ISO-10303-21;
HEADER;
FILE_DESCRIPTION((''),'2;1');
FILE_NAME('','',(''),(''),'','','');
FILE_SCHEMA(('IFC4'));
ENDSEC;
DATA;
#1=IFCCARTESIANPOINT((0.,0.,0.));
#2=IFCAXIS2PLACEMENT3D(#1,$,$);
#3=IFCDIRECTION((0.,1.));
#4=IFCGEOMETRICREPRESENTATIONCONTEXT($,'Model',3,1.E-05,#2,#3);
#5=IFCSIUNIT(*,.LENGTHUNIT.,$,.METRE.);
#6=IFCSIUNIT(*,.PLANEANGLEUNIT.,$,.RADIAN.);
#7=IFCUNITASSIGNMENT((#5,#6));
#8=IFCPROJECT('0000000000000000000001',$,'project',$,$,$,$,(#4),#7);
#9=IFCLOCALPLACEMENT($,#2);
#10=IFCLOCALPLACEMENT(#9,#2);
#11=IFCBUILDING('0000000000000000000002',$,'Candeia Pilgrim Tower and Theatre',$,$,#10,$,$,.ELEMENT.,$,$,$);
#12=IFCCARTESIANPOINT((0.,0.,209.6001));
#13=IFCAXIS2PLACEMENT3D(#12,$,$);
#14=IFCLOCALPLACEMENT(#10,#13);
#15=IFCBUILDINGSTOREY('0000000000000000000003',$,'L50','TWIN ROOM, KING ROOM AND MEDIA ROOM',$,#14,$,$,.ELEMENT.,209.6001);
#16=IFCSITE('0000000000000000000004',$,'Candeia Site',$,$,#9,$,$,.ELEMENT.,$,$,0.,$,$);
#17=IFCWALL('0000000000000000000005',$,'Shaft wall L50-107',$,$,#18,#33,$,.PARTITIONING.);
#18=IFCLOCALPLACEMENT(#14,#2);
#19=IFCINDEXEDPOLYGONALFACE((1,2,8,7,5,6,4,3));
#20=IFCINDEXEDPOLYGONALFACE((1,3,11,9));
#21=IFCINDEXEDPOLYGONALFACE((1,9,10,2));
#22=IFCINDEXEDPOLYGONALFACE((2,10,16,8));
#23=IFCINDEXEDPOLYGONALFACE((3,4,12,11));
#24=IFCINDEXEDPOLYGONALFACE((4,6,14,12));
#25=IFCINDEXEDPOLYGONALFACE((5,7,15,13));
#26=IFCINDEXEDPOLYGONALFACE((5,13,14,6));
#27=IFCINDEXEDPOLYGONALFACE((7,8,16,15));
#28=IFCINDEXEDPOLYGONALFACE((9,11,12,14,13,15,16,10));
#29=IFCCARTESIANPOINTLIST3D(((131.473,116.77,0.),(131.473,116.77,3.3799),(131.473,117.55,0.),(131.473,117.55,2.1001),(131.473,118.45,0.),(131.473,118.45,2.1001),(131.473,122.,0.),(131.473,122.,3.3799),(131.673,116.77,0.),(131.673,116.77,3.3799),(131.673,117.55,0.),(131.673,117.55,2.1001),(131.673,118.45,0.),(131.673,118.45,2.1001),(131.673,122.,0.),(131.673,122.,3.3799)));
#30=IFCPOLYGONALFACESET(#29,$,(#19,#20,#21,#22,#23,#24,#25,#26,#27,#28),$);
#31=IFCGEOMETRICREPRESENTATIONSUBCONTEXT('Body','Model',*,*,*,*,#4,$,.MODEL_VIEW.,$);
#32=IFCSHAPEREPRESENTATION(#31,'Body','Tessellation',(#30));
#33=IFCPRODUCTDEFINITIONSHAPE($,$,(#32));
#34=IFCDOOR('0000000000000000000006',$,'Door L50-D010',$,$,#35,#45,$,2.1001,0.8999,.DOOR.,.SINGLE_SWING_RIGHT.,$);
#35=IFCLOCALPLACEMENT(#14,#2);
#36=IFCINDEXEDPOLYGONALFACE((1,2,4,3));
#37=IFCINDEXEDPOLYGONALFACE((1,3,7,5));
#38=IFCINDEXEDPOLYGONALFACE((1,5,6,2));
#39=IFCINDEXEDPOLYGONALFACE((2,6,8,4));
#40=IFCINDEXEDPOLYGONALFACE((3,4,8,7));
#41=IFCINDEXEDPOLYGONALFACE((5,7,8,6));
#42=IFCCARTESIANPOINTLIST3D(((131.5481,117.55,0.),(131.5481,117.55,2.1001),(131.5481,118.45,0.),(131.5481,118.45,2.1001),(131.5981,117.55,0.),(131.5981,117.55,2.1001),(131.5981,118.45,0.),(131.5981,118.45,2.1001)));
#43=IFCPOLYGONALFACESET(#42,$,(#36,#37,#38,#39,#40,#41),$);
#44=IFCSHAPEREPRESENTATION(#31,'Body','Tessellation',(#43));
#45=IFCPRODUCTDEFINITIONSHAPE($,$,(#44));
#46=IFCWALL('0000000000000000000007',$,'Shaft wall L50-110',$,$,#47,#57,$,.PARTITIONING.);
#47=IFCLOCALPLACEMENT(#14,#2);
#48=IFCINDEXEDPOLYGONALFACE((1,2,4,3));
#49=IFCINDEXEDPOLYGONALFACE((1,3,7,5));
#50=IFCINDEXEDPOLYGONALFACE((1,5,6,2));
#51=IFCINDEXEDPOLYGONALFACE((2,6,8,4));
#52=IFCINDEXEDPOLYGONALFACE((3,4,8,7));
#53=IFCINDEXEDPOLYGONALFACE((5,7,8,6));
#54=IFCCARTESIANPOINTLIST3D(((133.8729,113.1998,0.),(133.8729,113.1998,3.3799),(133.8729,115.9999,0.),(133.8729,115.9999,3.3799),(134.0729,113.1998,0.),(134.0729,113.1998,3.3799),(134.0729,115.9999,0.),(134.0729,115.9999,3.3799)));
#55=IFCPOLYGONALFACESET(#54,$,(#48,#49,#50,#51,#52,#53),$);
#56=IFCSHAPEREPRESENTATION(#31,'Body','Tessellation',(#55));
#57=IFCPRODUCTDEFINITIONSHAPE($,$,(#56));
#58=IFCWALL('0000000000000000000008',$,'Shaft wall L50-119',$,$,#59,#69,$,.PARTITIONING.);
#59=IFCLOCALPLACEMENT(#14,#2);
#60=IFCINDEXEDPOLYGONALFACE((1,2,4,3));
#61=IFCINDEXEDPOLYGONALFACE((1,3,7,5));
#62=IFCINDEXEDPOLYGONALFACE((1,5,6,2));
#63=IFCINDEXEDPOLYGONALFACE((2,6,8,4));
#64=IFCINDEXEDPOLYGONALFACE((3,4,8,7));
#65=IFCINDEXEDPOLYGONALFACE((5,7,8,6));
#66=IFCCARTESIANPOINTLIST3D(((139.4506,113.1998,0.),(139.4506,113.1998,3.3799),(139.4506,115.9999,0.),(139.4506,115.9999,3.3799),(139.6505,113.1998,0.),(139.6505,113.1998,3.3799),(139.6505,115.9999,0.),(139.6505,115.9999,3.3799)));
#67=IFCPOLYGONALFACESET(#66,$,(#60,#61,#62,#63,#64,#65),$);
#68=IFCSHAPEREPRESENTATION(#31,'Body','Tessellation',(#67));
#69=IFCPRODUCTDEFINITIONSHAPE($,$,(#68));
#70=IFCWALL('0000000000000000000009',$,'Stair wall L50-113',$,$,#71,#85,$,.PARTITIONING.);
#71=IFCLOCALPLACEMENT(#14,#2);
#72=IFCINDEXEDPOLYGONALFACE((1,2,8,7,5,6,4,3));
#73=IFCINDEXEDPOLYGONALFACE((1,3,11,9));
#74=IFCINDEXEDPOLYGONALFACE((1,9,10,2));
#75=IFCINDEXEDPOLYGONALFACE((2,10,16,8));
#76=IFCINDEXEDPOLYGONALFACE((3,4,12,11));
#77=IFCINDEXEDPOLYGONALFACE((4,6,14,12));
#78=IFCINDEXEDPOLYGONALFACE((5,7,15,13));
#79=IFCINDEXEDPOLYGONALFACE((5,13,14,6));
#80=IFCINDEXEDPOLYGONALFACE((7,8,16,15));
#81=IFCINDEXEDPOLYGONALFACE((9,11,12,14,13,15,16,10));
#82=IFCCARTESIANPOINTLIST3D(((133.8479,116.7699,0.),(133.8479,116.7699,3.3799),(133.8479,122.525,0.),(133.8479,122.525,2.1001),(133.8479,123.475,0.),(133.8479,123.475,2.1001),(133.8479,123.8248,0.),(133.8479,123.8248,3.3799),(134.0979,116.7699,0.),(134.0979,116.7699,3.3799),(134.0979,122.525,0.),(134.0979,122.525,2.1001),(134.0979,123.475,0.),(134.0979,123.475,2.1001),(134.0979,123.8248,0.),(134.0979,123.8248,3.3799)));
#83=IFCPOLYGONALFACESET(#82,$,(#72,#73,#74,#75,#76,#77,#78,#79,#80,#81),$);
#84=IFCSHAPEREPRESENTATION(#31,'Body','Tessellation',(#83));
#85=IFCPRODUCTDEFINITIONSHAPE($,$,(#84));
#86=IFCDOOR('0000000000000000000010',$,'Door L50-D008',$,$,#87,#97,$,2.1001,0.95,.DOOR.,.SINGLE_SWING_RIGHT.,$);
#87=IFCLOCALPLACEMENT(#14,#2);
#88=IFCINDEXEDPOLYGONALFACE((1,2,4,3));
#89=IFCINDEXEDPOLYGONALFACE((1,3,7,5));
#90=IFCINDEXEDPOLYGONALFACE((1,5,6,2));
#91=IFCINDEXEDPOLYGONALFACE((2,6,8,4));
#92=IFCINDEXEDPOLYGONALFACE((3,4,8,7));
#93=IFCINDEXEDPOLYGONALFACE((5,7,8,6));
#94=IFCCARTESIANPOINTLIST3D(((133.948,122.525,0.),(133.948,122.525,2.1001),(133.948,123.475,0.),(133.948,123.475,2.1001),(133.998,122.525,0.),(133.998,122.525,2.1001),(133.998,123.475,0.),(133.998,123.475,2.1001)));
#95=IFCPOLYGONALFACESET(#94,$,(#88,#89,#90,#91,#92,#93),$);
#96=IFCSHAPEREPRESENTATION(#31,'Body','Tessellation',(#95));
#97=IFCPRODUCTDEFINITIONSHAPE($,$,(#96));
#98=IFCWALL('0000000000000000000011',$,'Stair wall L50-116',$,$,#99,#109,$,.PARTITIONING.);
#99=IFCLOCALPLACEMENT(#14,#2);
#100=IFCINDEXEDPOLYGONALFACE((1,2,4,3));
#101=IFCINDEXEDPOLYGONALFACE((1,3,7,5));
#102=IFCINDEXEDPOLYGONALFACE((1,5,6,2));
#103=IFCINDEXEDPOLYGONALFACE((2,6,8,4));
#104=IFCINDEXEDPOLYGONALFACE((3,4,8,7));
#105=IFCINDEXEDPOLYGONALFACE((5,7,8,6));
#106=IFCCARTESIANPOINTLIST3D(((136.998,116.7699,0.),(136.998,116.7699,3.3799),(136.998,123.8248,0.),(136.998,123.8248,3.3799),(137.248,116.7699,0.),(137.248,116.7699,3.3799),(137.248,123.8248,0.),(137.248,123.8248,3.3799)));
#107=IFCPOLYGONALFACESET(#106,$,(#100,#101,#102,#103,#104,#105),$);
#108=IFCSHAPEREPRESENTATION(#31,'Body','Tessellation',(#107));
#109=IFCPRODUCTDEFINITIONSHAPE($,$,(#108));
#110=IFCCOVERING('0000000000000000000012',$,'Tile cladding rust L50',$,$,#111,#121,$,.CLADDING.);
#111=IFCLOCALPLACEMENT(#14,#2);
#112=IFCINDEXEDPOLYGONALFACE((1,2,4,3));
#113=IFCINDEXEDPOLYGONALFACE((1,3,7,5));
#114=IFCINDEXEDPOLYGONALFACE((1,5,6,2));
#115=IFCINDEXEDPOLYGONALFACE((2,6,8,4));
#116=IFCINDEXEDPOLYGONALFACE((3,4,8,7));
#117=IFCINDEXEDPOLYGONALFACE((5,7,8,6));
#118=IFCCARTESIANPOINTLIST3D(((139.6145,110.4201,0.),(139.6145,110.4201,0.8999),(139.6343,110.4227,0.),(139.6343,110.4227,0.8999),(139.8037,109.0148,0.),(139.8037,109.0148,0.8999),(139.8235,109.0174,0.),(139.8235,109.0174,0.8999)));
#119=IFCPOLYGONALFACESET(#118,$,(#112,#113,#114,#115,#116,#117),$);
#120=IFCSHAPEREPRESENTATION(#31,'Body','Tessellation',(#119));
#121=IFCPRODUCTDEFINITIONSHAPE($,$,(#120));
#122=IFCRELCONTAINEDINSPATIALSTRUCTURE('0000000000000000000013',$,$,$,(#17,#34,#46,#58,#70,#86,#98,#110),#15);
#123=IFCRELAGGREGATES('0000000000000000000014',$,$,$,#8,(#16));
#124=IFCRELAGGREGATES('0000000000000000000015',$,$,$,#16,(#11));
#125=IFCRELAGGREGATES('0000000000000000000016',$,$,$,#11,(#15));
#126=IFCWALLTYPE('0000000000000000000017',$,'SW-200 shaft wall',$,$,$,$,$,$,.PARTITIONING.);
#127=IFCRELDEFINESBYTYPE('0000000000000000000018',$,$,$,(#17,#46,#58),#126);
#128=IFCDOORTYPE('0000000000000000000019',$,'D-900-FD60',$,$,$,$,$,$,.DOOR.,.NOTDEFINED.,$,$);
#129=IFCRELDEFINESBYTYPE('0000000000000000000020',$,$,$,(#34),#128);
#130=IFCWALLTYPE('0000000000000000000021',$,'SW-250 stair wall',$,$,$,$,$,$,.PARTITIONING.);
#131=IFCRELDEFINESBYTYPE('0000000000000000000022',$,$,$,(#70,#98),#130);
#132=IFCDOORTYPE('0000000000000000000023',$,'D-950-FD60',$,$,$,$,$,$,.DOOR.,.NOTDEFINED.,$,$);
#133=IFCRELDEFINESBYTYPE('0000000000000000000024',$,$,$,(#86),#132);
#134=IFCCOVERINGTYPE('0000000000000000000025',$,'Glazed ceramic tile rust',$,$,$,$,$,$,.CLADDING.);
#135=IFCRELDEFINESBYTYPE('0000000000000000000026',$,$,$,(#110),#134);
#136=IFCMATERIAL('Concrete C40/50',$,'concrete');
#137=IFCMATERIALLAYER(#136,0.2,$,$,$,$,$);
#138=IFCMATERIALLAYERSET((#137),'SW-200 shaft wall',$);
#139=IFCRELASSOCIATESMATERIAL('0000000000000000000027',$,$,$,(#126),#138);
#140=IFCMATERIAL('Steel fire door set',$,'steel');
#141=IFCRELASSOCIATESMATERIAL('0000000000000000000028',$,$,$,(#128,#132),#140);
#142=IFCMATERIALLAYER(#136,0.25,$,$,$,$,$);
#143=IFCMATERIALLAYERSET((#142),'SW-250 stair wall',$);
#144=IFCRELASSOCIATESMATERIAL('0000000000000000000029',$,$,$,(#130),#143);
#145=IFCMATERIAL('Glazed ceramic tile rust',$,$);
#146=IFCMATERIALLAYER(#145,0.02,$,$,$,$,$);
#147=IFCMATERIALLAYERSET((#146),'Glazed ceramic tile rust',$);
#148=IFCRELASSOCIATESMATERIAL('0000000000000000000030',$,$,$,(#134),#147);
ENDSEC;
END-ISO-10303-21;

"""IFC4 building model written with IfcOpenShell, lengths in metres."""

from ifc_helpers import new_model, si_unit, direction, frame, frame_2d, origin, origin_2d, place, context, subcontext, project, spatial, rectangle, extrude, material, layer, layer_set, type_object, element, fill, save


model = new_model("IFC4")

# Units and contexts
model_context = context("Model", 3, precision=1e-05, world=origin(), true_north=direction((0.0, 1.0)))
body_context = subcontext(model_context, "Body", "Model", "MODEL_VIEW")
ifc_project = project(units=[si_unit("LENGTHUNIT", "METRE"), si_unit("PLANEANGLEUNIT", "RADIAN")], contexts=[model_context])

# Site, building, storey
site_placement = place(None, origin())
site = spatial("IfcSite", under=ifc_project, at=site_placement, Name="Candeia Site", CompositionType="ELEMENT", RefElevation=0.0)
building_placement = place(site_placement, origin())
building = spatial("IfcBuilding", under=site, at=building_placement, Name="Candeia Pilgrim Tower and Theatre", CompositionType="ELEMENT")
storey_placement = place(building_placement, frame((0.0, 0.0, 209.6001)))
storey = spatial("IfcBuildingStorey", under=building, at=storey_placement, Name="L50", Description="TWIN ROOM, KING ROOM AND MEDIA ROOM", CompositionType="ELEMENT", Elevation=209.6001)

# Shared definitions
ifc_material_1 = material(Name="Steel fire door set", Category="steel")

# Shared definitions
ifc_material_2 = material(Name="Concrete C40/50", Category="concrete")
ifc_layer_1 = layer(ifc_material_2, 0.2)
ifc_layer_set_1 = layer_set([ifc_layer_1], Name="SW-200 shaft wall")
wall_type_1 = type_object("IfcWallType", Name="SW-200 shaft wall", PredefinedType="PARTITIONING", material=ifc_layer_set_1)
door_type_1 = type_object("IfcDoorType", Name="D-900-FD60", OperationType="NOTDEFINED", PredefinedType="DOOR", material=ifc_material_1)

# Wall, opening, door
wall_1_placement = place(storey_placement, frame((131.573, 116.77, 0.0), z_axis=(0.0, 0.0, 1.0), x_axis=(0.0, 1.0, 0.0)))
wall_1 = element("IfcWall", 1, at=wall_1_placement, inside=storey, type_object=wall_type_1, Name="Shaft wall L50-107", PredefinedType="PARTITIONING", context=body_context, shape_type="SweptSolid", body=[
    extrude(rectangle(XDim=5.23, YDim=0.2, at=frame_2d((2.615, 0.0))), origin(), (0.0, 0.0, 1.0), 3.3799),
])
opening_1_placement = place(wall_1_placement, frame((0.78, 0.0, 0.0)))
opening_1 = element("IfcOpeningElement", 2, at=opening_1_placement, cuts=wall_1, PredefinedType="OPENING", context=body_context, shape_type="SweptSolid", body=[
    extrude(rectangle(XDim=0.8999, YDim=2.1001, at=frame_2d((0.45, 1.05))), frame((0.0, 0.1099, 0.0), z_axis=(0.0, -1.0, 0.0), x_axis=(1.0, 0.0, 0.0)), (0.0, 0.0, 1.0), 0.22),
])
door_1_placement = place(opening_1_placement, origin())
door_1 = element("IfcDoor", 3, at=door_1_placement, inside=storey, type_object=door_type_1, Name="Door L50-D010", OperationType="SINGLE_SWING_RIGHT", OverallHeight=2.1001, OverallWidth=0.8999, PredefinedType="DOOR", context=body_context, shape_type="SweptSolid", body=[
    extrude(rectangle(XDim=0.8999, YDim=2.1001, at=frame_2d((0.45, 1.05))), frame((0.0, 0.0249, 0.0), z_axis=(0.0, -1.0, 0.0), x_axis=(1.0, 0.0, 0.0)), (0.0, 0.0, 1.0), 0.05),
])
fill(opening_1, door_1)

# Walls
for number, where, z_axis, x_axis, name in (
    (4, (133.9729, 113.2, 0.0), (0.0, 0.0, 1.0), (0.0, 1.0, 0.0), "Shaft wall L50-110"),
    (5, (139.5505, 113.2, 0.0), (0.0, 0.0, 1.0), (0.0, 1.0, 0.0), "Shaft wall L50-119"),
):
    element("IfcWall", number, at=place(storey_placement, frame(where, z_axis=z_axis, x_axis=x_axis)), inside=storey, type_object=wall_type_1, Name=name, PredefinedType="PARTITIONING", context=body_context, shape_type="SweptSolid", body=[
        extrude(rectangle(XDim=2.8, YDim=0.2, at=frame_2d((1.3999, 0.0))), origin(), (0.0, 0.0, 1.0), 3.3799),
    ])

# Wall, opening, door
ifc_layer_2 = layer(ifc_material_2, 0.25)
ifc_layer_set_2 = layer_set([ifc_layer_2], Name="SW-250 stair wall")
wall_type_2 = type_object("IfcWallType", Name="SW-250 stair wall", PredefinedType="PARTITIONING", material=ifc_layer_set_2)
wall_2_placement = place(storey_placement, frame((133.9729, 116.77, 0.0), z_axis=(0.0, 0.0, 1.0), x_axis=(0.0, 1.0, 0.0)))
wall_2 = element("IfcWall", 6, at=wall_2_placement, inside=storey, type_object=wall_type_2, Name="Stair wall L50-113", PredefinedType="PARTITIONING", context=body_context, shape_type="SweptSolid", body=[
    extrude(rectangle(XDim=7.0549, YDim=0.25, at=frame_2d((3.5273, 0.0))), origin(), (0.0, 0.0, 1.0), 3.3799),
])
opening_2_placement = place(wall_2_placement, frame((5.7549, 0.0, 0.0)))
opening_2 = element("IfcOpeningElement", 7, at=opening_2_placement, cuts=wall_2, PredefinedType="OPENING", context=body_context, shape_type="SweptSolid", body=[
    extrude(rectangle(XDim=0.95, YDim=2.1001, at=frame_2d((0.4751, 1.05))), frame((0.0, 0.135, 0.0), z_axis=(0.0, -1.0, 0.0), x_axis=(1.0, 0.0, 0.0)), (0.0, 0.0, 1.0), 0.27),
])
door_type_2 = type_object("IfcDoorType", Name="D-950-FD60", OperationType="NOTDEFINED", PredefinedType="DOOR", material=ifc_material_1)
door_2_placement = place(opening_2_placement, origin())
door_2 = element("IfcDoor", 8, at=door_2_placement, inside=storey, type_object=door_type_2, Name="Door L50-D008", OperationType="SINGLE_SWING_RIGHT", OverallHeight=2.1001, OverallWidth=0.95, PredefinedType="DOOR", context=body_context, shape_type="SweptSolid", body=[
    extrude(rectangle(XDim=0.95, YDim=2.1001, at=frame_2d((0.4751, 1.05))), frame((0.0, 0.0249, 0.0), z_axis=(0.0, -1.0, 0.0), x_axis=(1.0, 0.0, 0.0)), (0.0, 0.0, 1.0), 0.05),
])
fill(opening_2, door_2)

# Wall
wall_3_placement = place(storey_placement, frame((137.123, 116.77, 0.0), z_axis=(0.0, 0.0, 1.0), x_axis=(0.0, 1.0, 0.0)))
element("IfcWall", 9, at=wall_3_placement, inside=storey, type_object=wall_type_2, Name="Stair wall L50-116", PredefinedType="PARTITIONING", context=body_context, shape_type="SweptSolid", body=[
    extrude(rectangle(XDim=7.0549, YDim=0.25, at=frame_2d((3.5273, 0.0))), origin(), (0.0, 0.0, 1.0), 3.3799),
])

# Covering
ifc_material_3 = material(Name="Glazed ceramic tile rust")
ifc_layer_3 = layer(ifc_material_3, 0.02)
ifc_layer_set_3 = layer_set([ifc_layer_3], Name="Glazed ceramic tile rust")
covering_type = type_object("IfcCoveringType", Name="Glazed ceramic tile rust", PredefinedType="CLADDING", material=ifc_layer_set_3)
covering_placement = place(storey_placement, frame((139.719, 109.7188, 0.0), z_axis=(0.0, 0.0, 1.0), x_axis=(-0.133412, 0.991061, 0.0)))
element("IfcCovering", 10, at=covering_placement, inside=storey, type_object=covering_type, Name="Tile cladding rust L50", PredefinedType="CLADDING", context=body_context, shape_type="SweptSolid", body=[
    extrude(rectangle(XDim=1.418, YDim=0.02, at=origin_2d()), origin(), (0.0, 0.0, 1.0), 0.8999),
])

save(model, "model.ifc")
